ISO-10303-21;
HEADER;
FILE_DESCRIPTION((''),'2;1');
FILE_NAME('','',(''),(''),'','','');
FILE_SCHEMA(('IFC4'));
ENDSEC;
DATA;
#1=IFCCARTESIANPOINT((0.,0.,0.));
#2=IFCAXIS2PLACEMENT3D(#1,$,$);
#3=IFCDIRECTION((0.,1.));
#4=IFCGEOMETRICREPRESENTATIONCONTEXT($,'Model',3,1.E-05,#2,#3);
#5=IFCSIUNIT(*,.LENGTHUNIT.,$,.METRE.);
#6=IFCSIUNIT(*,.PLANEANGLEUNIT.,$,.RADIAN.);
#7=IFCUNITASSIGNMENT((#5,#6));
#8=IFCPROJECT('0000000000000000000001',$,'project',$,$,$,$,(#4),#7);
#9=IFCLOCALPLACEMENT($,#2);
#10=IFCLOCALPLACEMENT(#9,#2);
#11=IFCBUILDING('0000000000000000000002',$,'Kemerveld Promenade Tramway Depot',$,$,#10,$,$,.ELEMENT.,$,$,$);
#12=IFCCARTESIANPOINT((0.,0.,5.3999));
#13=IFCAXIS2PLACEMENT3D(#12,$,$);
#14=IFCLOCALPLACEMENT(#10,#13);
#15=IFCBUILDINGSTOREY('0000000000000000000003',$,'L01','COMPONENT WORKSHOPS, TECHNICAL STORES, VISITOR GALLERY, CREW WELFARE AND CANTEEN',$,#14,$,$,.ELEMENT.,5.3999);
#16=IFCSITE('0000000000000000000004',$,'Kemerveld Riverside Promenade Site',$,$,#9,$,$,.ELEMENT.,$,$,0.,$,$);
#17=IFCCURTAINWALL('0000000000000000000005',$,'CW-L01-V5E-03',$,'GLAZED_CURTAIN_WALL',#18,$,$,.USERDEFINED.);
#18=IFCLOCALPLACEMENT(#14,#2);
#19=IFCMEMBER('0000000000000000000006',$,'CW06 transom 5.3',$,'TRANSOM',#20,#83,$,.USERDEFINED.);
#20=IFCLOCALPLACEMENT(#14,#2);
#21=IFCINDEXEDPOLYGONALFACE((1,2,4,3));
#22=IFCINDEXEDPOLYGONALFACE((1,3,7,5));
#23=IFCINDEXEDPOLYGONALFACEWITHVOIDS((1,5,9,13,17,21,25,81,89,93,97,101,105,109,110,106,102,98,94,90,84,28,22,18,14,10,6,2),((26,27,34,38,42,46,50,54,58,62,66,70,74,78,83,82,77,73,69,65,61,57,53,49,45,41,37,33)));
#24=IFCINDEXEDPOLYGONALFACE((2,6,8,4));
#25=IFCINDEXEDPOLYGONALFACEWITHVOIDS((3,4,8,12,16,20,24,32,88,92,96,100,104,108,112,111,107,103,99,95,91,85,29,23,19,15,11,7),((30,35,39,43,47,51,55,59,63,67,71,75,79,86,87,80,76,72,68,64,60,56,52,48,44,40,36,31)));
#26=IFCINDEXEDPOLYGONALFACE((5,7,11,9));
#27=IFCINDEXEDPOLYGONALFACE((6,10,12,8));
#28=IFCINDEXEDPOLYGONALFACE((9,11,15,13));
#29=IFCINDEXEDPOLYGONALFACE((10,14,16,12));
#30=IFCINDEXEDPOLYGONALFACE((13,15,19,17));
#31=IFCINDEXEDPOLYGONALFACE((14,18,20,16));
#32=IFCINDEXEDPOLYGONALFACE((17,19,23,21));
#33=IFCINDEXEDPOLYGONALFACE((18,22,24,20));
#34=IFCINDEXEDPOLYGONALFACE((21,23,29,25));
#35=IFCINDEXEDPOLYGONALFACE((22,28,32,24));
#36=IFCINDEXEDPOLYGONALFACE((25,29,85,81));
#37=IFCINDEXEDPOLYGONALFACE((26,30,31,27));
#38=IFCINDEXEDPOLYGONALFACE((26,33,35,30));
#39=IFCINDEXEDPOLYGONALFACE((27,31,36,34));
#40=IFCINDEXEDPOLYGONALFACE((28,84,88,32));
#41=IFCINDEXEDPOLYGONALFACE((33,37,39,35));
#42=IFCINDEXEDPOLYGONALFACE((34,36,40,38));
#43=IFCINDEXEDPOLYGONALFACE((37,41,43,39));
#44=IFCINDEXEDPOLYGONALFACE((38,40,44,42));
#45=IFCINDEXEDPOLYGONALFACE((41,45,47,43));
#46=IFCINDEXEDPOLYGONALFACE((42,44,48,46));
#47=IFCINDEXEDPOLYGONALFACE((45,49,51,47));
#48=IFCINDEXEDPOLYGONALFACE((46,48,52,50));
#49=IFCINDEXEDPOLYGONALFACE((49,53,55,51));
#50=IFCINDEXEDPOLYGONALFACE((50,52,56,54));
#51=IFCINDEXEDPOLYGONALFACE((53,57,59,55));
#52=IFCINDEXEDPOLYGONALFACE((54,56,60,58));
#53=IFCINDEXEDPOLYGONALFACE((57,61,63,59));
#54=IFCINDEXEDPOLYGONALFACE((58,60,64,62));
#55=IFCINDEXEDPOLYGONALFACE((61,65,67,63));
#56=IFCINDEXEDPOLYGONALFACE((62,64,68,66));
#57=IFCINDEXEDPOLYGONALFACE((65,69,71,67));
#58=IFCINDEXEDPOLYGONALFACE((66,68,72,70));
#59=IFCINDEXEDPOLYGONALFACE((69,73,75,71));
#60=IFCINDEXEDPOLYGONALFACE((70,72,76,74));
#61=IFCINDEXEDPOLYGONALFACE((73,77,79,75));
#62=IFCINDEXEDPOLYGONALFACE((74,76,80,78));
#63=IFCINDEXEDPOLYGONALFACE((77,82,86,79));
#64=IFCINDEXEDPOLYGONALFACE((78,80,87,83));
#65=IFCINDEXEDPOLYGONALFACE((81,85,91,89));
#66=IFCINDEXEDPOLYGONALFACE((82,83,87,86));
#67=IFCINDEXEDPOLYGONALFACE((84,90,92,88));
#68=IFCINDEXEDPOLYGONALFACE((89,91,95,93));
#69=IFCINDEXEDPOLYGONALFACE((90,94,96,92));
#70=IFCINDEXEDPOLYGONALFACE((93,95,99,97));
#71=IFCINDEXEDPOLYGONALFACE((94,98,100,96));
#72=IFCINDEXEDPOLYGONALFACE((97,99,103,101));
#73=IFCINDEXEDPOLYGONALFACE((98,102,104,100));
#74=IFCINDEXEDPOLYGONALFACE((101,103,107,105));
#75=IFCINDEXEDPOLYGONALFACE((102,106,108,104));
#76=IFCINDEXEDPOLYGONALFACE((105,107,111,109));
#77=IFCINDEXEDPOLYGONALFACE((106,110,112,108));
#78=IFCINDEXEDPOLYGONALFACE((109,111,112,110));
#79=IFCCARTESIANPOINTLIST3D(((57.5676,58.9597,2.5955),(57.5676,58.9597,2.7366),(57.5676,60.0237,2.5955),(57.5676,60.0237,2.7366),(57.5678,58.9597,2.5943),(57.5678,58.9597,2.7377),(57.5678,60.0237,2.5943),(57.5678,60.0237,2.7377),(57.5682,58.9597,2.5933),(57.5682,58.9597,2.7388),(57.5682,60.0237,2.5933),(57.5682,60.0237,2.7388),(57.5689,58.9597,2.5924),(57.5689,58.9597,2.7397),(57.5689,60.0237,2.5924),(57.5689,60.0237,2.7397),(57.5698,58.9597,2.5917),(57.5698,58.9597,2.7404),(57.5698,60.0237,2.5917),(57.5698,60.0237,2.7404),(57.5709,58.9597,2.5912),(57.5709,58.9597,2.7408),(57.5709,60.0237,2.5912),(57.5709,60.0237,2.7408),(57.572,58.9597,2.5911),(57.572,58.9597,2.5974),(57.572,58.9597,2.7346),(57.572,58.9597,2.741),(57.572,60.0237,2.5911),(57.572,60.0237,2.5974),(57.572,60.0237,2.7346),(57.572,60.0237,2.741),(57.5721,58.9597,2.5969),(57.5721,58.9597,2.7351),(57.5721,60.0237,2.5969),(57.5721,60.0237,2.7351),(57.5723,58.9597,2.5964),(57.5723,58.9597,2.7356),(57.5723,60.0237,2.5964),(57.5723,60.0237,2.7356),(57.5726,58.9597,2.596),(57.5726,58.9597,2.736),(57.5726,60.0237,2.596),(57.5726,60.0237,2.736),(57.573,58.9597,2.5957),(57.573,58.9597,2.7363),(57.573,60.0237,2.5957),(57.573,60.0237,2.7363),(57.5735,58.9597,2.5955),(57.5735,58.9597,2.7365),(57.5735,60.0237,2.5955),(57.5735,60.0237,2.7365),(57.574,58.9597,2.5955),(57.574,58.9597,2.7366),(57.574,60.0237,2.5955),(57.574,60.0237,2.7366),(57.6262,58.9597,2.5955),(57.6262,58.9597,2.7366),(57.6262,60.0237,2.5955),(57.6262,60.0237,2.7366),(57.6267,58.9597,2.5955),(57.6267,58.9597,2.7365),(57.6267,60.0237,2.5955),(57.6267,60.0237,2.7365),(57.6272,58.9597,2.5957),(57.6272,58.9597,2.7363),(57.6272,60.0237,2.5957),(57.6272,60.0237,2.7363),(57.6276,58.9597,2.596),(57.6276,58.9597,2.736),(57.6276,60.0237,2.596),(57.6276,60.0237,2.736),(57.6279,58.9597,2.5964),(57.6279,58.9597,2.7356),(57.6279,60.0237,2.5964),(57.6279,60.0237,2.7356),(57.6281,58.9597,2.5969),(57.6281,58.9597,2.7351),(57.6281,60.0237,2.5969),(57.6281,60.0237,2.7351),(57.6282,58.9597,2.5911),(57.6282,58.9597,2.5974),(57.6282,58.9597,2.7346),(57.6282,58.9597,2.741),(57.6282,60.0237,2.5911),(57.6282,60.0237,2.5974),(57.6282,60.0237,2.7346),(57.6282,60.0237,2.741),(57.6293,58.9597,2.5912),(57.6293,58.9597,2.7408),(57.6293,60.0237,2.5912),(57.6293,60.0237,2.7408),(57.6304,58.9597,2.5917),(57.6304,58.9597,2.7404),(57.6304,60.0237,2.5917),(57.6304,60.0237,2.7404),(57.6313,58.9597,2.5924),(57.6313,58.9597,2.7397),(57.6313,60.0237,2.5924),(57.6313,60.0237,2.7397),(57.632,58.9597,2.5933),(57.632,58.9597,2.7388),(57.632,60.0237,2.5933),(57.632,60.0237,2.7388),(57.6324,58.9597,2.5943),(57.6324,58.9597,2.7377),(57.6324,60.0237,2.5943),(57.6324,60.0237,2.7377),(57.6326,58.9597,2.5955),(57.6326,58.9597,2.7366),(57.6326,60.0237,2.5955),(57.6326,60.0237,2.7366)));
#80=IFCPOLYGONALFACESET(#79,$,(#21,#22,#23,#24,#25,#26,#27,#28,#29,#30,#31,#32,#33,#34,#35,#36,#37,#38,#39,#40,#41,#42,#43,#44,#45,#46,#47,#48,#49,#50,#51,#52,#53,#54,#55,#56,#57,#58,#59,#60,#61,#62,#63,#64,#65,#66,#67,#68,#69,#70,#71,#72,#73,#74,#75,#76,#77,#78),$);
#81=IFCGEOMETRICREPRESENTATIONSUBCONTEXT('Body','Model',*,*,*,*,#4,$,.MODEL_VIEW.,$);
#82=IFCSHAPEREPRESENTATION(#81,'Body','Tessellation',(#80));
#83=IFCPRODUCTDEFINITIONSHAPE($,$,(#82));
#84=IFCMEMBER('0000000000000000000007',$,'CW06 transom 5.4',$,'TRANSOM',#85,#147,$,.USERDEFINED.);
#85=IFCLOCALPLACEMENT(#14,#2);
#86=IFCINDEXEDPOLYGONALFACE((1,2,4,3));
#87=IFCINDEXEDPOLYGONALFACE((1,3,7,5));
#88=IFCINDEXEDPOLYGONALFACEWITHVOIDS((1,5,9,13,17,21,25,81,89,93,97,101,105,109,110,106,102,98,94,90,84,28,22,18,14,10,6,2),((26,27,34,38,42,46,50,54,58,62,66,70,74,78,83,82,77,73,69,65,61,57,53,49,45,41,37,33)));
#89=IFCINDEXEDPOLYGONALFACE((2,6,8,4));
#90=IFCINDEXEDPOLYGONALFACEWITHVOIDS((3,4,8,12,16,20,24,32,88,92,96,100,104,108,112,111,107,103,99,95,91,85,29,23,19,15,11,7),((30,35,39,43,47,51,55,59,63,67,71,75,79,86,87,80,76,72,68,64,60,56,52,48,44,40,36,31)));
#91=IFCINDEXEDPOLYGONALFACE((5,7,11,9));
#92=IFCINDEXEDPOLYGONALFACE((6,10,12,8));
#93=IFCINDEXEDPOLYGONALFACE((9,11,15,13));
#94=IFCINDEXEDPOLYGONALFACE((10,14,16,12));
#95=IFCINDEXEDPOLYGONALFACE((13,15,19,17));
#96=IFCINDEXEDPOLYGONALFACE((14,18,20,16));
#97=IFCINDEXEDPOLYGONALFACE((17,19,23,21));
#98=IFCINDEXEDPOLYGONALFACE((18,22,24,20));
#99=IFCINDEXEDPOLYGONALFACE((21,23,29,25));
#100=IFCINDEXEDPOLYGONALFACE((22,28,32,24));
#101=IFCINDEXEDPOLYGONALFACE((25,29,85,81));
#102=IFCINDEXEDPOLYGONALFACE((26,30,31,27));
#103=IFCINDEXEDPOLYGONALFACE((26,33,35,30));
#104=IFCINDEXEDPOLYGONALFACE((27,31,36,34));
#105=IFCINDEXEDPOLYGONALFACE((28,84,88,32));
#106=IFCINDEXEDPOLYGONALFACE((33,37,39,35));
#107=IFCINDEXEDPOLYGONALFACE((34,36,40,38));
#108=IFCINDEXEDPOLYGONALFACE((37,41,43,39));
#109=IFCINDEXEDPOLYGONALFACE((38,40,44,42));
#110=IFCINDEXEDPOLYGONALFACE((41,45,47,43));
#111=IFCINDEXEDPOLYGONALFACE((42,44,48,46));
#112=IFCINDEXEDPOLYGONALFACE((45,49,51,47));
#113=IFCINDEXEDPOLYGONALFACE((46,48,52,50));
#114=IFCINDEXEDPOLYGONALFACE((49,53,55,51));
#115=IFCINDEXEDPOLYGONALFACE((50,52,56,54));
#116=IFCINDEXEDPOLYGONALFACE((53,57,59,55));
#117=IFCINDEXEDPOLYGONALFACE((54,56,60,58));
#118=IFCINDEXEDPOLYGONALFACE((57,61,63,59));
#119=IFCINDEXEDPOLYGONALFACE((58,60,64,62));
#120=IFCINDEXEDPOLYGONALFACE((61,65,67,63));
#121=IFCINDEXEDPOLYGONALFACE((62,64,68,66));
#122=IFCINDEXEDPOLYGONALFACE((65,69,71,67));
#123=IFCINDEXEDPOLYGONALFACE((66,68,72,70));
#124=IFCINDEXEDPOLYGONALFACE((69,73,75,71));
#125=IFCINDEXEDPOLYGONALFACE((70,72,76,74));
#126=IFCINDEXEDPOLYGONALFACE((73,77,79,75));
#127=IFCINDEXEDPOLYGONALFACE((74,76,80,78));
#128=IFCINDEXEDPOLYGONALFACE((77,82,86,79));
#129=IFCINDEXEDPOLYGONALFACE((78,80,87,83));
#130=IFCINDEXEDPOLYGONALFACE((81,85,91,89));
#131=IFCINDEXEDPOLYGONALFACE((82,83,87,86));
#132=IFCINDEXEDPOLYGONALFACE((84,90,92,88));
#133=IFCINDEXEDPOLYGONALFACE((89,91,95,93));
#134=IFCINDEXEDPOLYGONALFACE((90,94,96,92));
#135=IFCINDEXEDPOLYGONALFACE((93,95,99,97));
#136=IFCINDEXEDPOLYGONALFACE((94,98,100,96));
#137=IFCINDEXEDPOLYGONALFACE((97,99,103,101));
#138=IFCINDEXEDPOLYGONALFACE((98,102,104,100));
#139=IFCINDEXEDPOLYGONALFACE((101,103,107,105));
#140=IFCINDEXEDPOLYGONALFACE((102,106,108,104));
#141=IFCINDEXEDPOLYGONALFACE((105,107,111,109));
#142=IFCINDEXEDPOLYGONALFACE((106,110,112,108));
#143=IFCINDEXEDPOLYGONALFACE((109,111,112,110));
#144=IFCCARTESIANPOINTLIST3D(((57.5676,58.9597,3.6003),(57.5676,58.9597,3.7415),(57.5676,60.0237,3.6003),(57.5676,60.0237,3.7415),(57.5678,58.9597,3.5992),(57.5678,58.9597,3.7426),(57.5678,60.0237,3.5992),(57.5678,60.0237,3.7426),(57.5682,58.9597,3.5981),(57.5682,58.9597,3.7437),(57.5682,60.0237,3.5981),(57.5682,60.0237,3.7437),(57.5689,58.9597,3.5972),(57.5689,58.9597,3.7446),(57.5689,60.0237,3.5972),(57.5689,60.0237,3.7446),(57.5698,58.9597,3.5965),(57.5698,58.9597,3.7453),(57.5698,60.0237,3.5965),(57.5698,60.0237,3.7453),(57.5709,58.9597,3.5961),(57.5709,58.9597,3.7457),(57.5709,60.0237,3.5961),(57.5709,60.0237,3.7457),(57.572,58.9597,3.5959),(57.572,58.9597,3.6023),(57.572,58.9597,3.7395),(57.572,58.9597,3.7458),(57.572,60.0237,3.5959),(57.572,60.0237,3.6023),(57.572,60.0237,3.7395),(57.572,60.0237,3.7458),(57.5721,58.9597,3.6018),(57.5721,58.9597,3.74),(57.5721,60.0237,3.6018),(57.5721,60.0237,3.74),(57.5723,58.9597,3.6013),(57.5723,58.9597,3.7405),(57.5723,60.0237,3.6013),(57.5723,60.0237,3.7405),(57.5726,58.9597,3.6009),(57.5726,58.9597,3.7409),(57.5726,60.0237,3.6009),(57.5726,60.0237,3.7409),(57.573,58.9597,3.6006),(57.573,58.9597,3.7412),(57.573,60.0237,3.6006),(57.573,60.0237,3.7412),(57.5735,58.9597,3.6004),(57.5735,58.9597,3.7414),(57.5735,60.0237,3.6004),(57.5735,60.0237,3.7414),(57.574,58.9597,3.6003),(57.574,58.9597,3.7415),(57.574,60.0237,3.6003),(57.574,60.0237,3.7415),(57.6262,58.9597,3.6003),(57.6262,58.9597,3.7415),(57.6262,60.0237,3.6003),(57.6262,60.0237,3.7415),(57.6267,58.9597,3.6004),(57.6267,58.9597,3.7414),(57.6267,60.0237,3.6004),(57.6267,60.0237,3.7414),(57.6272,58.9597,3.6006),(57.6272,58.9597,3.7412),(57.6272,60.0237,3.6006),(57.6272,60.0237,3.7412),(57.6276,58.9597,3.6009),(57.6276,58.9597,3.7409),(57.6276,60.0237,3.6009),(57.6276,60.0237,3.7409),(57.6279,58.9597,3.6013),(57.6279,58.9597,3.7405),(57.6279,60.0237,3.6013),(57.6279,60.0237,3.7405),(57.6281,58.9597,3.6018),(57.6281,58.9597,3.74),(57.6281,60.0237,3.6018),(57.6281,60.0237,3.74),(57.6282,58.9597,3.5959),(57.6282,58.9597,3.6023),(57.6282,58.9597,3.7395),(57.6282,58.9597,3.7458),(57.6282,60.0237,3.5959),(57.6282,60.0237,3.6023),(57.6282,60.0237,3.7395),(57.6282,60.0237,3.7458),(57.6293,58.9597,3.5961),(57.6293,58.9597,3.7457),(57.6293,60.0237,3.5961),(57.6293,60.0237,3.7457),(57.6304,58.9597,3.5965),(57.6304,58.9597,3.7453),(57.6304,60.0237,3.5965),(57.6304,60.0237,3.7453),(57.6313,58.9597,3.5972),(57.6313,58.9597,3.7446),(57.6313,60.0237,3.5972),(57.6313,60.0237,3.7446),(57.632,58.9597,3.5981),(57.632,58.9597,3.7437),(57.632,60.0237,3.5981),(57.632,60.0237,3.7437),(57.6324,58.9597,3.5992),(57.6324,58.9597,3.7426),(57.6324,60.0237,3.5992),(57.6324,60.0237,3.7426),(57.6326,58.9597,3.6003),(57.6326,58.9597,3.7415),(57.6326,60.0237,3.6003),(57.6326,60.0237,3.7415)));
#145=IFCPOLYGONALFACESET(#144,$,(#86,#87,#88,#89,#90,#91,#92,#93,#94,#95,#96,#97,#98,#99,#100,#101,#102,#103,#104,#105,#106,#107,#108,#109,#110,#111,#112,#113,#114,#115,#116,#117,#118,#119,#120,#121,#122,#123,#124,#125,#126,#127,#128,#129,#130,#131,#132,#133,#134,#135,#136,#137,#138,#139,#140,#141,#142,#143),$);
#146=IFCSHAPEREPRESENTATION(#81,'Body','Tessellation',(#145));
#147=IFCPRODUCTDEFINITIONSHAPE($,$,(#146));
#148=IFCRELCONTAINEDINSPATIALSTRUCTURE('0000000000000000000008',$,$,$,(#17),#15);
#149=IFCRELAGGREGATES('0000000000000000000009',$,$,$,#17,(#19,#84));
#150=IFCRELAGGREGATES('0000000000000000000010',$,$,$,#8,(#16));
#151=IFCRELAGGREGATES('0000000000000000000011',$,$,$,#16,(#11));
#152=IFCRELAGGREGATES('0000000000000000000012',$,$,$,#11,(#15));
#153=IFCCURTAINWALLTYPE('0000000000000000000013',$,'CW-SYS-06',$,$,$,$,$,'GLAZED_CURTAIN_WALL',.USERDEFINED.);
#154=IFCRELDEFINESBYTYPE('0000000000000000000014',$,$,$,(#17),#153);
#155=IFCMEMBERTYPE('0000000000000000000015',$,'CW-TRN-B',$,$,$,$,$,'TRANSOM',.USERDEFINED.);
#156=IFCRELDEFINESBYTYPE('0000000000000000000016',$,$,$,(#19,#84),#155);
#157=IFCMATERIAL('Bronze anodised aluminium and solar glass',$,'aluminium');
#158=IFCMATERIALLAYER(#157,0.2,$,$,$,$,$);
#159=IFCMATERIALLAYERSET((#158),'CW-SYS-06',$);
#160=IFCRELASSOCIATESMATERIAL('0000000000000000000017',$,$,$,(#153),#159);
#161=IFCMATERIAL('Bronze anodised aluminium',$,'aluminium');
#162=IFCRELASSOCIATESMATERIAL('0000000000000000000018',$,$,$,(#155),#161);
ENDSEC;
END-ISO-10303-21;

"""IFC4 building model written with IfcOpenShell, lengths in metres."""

from ifc_helpers import new_model, si_unit, direction, frame, origin, origin_2d, place, context, subcontext, project, spatial, hollow_rectangle, extrude, material, layer, layer_set, material_profile, profile_set, type_object, element, aggregate, save


model = new_model("IFC4")

# Units and contexts
model_context = context("Model", 3, precision=1e-05, world=origin(), true_north=direction((0.0, 1.0)))
body_context = subcontext(model_context, "Body", "Model", "MODEL_VIEW")
ifc_project = project(units=[si_unit("LENGTHUNIT", "METRE"), si_unit("PLANEANGLEUNIT", "RADIAN")], contexts=[model_context])

# Site, building, storey
site_placement = place(None, origin())
site = spatial("IfcSite", under=ifc_project, at=site_placement, Name="Kemerveld Riverside Promenade Site", CompositionType="ELEMENT", RefElevation=0.0)
building_placement = place(site_placement, origin())
building = spatial("IfcBuilding", under=site, at=building_placement, Name="Kemerveld Promenade Tramway Depot", CompositionType="ELEMENT")
storey_placement = place(building_placement, frame((0.0, 0.0, 5.3999)))
storey = spatial("IfcBuildingStorey", under=building, at=storey_placement, Name="L01", Description="COMPONENT WORKSHOPS, TECHNICAL STORES, VISITOR GALLERY, CREW WELFARE AND CANTEEN", CompositionType="ELEMENT", Elevation=5.3999)

# Curtain wall, members
ifc_material_1 = material(Name="Bronze anodised aluminium and solar glass", Category="aluminium")
ifc_layer_1 = layer(ifc_material_1, 0.2)
ifc_layer_set_1 = layer_set([ifc_layer_1], Name="CW-SYS-06")
curtain_wall_type = type_object("IfcCurtainWallType", Name="CW-SYS-06", ElementType="GLAZED_CURTAIN_WALL", PredefinedType="USERDEFINED", material=ifc_layer_set_1)
curtain_wall_placement = place(storey_placement, origin())
curtain_wall = element("IfcCurtainWall", 1, at=curtain_wall_placement, inside=storey, type_object=curtain_wall_type, Name="CW-L01-V5E-03", ObjectType="GLAZED_CURTAIN_WALL", PredefinedType="USERDEFINED")
ifc_material_2 = material(Name="Bronze anodised aluminium", Category="aluminium")
ifc_material_profile_1 = material_profile(ifc_material_2, hollow_rectangle(XDim=0.0649, YDim=0.1499, WallThickness=0.0044, InnerFilletRadius=0.002, OuterFilletRadius=0.0044, at=origin_2d()), Name="CW-TRN-150x65")
ifc_profile_set_1 = profile_set([ifc_material_profile_1], Name="Bronze anodised aluminium")
member_type_1 = type_object("IfcMemberType", Name="CW-TRN-B", ElementType="TRANSOM", PredefinedType="USERDEFINED", material=ifc_profile_set_1)
member_1_placement = place(storey_placement, frame((57.6001, 60.0237, 2.666), z_axis=(0.0, -1.0, 0.0), x_axis=(1.0, 0.0, 0.0)))
member_1 = element("IfcMember", 2, at=member_1_placement, type_object=member_type_1, Name="CW06 transom 5.3", ObjectType="TRANSOM", PredefinedType="USERDEFINED", context=body_context, shape_type="SweptSolid", body=[
    extrude(hollow_rectangle(XDim=0.0649, YDim=0.1499, WallThickness=0.0044, InnerFilletRadius=0.002, OuterFilletRadius=0.0044, at=origin_2d()), origin(), (0.0, 0.0, 1.0), 1.064),
])
member_2_placement = place(storey_placement, frame((57.6001, 60.0237, 3.6709), z_axis=(0.0, -1.0, 0.0), x_axis=(1.0, 0.0, 0.0)))
member_2 = element("IfcMember", 3, at=member_2_placement, type_object=member_type_1, Name="CW06 transom 5.4", ObjectType="TRANSOM", PredefinedType="USERDEFINED", context=body_context, shape_type="SweptSolid", body=[
    extrude(hollow_rectangle(XDim=0.0649, YDim=0.1499, WallThickness=0.0044, InnerFilletRadius=0.002, OuterFilletRadius=0.0044, at=origin_2d()), origin(), (0.0, 0.0, 1.0), 1.064),
])
aggregate(curtain_wall, [member_1, member_2])

save(model, "model.ifc")
